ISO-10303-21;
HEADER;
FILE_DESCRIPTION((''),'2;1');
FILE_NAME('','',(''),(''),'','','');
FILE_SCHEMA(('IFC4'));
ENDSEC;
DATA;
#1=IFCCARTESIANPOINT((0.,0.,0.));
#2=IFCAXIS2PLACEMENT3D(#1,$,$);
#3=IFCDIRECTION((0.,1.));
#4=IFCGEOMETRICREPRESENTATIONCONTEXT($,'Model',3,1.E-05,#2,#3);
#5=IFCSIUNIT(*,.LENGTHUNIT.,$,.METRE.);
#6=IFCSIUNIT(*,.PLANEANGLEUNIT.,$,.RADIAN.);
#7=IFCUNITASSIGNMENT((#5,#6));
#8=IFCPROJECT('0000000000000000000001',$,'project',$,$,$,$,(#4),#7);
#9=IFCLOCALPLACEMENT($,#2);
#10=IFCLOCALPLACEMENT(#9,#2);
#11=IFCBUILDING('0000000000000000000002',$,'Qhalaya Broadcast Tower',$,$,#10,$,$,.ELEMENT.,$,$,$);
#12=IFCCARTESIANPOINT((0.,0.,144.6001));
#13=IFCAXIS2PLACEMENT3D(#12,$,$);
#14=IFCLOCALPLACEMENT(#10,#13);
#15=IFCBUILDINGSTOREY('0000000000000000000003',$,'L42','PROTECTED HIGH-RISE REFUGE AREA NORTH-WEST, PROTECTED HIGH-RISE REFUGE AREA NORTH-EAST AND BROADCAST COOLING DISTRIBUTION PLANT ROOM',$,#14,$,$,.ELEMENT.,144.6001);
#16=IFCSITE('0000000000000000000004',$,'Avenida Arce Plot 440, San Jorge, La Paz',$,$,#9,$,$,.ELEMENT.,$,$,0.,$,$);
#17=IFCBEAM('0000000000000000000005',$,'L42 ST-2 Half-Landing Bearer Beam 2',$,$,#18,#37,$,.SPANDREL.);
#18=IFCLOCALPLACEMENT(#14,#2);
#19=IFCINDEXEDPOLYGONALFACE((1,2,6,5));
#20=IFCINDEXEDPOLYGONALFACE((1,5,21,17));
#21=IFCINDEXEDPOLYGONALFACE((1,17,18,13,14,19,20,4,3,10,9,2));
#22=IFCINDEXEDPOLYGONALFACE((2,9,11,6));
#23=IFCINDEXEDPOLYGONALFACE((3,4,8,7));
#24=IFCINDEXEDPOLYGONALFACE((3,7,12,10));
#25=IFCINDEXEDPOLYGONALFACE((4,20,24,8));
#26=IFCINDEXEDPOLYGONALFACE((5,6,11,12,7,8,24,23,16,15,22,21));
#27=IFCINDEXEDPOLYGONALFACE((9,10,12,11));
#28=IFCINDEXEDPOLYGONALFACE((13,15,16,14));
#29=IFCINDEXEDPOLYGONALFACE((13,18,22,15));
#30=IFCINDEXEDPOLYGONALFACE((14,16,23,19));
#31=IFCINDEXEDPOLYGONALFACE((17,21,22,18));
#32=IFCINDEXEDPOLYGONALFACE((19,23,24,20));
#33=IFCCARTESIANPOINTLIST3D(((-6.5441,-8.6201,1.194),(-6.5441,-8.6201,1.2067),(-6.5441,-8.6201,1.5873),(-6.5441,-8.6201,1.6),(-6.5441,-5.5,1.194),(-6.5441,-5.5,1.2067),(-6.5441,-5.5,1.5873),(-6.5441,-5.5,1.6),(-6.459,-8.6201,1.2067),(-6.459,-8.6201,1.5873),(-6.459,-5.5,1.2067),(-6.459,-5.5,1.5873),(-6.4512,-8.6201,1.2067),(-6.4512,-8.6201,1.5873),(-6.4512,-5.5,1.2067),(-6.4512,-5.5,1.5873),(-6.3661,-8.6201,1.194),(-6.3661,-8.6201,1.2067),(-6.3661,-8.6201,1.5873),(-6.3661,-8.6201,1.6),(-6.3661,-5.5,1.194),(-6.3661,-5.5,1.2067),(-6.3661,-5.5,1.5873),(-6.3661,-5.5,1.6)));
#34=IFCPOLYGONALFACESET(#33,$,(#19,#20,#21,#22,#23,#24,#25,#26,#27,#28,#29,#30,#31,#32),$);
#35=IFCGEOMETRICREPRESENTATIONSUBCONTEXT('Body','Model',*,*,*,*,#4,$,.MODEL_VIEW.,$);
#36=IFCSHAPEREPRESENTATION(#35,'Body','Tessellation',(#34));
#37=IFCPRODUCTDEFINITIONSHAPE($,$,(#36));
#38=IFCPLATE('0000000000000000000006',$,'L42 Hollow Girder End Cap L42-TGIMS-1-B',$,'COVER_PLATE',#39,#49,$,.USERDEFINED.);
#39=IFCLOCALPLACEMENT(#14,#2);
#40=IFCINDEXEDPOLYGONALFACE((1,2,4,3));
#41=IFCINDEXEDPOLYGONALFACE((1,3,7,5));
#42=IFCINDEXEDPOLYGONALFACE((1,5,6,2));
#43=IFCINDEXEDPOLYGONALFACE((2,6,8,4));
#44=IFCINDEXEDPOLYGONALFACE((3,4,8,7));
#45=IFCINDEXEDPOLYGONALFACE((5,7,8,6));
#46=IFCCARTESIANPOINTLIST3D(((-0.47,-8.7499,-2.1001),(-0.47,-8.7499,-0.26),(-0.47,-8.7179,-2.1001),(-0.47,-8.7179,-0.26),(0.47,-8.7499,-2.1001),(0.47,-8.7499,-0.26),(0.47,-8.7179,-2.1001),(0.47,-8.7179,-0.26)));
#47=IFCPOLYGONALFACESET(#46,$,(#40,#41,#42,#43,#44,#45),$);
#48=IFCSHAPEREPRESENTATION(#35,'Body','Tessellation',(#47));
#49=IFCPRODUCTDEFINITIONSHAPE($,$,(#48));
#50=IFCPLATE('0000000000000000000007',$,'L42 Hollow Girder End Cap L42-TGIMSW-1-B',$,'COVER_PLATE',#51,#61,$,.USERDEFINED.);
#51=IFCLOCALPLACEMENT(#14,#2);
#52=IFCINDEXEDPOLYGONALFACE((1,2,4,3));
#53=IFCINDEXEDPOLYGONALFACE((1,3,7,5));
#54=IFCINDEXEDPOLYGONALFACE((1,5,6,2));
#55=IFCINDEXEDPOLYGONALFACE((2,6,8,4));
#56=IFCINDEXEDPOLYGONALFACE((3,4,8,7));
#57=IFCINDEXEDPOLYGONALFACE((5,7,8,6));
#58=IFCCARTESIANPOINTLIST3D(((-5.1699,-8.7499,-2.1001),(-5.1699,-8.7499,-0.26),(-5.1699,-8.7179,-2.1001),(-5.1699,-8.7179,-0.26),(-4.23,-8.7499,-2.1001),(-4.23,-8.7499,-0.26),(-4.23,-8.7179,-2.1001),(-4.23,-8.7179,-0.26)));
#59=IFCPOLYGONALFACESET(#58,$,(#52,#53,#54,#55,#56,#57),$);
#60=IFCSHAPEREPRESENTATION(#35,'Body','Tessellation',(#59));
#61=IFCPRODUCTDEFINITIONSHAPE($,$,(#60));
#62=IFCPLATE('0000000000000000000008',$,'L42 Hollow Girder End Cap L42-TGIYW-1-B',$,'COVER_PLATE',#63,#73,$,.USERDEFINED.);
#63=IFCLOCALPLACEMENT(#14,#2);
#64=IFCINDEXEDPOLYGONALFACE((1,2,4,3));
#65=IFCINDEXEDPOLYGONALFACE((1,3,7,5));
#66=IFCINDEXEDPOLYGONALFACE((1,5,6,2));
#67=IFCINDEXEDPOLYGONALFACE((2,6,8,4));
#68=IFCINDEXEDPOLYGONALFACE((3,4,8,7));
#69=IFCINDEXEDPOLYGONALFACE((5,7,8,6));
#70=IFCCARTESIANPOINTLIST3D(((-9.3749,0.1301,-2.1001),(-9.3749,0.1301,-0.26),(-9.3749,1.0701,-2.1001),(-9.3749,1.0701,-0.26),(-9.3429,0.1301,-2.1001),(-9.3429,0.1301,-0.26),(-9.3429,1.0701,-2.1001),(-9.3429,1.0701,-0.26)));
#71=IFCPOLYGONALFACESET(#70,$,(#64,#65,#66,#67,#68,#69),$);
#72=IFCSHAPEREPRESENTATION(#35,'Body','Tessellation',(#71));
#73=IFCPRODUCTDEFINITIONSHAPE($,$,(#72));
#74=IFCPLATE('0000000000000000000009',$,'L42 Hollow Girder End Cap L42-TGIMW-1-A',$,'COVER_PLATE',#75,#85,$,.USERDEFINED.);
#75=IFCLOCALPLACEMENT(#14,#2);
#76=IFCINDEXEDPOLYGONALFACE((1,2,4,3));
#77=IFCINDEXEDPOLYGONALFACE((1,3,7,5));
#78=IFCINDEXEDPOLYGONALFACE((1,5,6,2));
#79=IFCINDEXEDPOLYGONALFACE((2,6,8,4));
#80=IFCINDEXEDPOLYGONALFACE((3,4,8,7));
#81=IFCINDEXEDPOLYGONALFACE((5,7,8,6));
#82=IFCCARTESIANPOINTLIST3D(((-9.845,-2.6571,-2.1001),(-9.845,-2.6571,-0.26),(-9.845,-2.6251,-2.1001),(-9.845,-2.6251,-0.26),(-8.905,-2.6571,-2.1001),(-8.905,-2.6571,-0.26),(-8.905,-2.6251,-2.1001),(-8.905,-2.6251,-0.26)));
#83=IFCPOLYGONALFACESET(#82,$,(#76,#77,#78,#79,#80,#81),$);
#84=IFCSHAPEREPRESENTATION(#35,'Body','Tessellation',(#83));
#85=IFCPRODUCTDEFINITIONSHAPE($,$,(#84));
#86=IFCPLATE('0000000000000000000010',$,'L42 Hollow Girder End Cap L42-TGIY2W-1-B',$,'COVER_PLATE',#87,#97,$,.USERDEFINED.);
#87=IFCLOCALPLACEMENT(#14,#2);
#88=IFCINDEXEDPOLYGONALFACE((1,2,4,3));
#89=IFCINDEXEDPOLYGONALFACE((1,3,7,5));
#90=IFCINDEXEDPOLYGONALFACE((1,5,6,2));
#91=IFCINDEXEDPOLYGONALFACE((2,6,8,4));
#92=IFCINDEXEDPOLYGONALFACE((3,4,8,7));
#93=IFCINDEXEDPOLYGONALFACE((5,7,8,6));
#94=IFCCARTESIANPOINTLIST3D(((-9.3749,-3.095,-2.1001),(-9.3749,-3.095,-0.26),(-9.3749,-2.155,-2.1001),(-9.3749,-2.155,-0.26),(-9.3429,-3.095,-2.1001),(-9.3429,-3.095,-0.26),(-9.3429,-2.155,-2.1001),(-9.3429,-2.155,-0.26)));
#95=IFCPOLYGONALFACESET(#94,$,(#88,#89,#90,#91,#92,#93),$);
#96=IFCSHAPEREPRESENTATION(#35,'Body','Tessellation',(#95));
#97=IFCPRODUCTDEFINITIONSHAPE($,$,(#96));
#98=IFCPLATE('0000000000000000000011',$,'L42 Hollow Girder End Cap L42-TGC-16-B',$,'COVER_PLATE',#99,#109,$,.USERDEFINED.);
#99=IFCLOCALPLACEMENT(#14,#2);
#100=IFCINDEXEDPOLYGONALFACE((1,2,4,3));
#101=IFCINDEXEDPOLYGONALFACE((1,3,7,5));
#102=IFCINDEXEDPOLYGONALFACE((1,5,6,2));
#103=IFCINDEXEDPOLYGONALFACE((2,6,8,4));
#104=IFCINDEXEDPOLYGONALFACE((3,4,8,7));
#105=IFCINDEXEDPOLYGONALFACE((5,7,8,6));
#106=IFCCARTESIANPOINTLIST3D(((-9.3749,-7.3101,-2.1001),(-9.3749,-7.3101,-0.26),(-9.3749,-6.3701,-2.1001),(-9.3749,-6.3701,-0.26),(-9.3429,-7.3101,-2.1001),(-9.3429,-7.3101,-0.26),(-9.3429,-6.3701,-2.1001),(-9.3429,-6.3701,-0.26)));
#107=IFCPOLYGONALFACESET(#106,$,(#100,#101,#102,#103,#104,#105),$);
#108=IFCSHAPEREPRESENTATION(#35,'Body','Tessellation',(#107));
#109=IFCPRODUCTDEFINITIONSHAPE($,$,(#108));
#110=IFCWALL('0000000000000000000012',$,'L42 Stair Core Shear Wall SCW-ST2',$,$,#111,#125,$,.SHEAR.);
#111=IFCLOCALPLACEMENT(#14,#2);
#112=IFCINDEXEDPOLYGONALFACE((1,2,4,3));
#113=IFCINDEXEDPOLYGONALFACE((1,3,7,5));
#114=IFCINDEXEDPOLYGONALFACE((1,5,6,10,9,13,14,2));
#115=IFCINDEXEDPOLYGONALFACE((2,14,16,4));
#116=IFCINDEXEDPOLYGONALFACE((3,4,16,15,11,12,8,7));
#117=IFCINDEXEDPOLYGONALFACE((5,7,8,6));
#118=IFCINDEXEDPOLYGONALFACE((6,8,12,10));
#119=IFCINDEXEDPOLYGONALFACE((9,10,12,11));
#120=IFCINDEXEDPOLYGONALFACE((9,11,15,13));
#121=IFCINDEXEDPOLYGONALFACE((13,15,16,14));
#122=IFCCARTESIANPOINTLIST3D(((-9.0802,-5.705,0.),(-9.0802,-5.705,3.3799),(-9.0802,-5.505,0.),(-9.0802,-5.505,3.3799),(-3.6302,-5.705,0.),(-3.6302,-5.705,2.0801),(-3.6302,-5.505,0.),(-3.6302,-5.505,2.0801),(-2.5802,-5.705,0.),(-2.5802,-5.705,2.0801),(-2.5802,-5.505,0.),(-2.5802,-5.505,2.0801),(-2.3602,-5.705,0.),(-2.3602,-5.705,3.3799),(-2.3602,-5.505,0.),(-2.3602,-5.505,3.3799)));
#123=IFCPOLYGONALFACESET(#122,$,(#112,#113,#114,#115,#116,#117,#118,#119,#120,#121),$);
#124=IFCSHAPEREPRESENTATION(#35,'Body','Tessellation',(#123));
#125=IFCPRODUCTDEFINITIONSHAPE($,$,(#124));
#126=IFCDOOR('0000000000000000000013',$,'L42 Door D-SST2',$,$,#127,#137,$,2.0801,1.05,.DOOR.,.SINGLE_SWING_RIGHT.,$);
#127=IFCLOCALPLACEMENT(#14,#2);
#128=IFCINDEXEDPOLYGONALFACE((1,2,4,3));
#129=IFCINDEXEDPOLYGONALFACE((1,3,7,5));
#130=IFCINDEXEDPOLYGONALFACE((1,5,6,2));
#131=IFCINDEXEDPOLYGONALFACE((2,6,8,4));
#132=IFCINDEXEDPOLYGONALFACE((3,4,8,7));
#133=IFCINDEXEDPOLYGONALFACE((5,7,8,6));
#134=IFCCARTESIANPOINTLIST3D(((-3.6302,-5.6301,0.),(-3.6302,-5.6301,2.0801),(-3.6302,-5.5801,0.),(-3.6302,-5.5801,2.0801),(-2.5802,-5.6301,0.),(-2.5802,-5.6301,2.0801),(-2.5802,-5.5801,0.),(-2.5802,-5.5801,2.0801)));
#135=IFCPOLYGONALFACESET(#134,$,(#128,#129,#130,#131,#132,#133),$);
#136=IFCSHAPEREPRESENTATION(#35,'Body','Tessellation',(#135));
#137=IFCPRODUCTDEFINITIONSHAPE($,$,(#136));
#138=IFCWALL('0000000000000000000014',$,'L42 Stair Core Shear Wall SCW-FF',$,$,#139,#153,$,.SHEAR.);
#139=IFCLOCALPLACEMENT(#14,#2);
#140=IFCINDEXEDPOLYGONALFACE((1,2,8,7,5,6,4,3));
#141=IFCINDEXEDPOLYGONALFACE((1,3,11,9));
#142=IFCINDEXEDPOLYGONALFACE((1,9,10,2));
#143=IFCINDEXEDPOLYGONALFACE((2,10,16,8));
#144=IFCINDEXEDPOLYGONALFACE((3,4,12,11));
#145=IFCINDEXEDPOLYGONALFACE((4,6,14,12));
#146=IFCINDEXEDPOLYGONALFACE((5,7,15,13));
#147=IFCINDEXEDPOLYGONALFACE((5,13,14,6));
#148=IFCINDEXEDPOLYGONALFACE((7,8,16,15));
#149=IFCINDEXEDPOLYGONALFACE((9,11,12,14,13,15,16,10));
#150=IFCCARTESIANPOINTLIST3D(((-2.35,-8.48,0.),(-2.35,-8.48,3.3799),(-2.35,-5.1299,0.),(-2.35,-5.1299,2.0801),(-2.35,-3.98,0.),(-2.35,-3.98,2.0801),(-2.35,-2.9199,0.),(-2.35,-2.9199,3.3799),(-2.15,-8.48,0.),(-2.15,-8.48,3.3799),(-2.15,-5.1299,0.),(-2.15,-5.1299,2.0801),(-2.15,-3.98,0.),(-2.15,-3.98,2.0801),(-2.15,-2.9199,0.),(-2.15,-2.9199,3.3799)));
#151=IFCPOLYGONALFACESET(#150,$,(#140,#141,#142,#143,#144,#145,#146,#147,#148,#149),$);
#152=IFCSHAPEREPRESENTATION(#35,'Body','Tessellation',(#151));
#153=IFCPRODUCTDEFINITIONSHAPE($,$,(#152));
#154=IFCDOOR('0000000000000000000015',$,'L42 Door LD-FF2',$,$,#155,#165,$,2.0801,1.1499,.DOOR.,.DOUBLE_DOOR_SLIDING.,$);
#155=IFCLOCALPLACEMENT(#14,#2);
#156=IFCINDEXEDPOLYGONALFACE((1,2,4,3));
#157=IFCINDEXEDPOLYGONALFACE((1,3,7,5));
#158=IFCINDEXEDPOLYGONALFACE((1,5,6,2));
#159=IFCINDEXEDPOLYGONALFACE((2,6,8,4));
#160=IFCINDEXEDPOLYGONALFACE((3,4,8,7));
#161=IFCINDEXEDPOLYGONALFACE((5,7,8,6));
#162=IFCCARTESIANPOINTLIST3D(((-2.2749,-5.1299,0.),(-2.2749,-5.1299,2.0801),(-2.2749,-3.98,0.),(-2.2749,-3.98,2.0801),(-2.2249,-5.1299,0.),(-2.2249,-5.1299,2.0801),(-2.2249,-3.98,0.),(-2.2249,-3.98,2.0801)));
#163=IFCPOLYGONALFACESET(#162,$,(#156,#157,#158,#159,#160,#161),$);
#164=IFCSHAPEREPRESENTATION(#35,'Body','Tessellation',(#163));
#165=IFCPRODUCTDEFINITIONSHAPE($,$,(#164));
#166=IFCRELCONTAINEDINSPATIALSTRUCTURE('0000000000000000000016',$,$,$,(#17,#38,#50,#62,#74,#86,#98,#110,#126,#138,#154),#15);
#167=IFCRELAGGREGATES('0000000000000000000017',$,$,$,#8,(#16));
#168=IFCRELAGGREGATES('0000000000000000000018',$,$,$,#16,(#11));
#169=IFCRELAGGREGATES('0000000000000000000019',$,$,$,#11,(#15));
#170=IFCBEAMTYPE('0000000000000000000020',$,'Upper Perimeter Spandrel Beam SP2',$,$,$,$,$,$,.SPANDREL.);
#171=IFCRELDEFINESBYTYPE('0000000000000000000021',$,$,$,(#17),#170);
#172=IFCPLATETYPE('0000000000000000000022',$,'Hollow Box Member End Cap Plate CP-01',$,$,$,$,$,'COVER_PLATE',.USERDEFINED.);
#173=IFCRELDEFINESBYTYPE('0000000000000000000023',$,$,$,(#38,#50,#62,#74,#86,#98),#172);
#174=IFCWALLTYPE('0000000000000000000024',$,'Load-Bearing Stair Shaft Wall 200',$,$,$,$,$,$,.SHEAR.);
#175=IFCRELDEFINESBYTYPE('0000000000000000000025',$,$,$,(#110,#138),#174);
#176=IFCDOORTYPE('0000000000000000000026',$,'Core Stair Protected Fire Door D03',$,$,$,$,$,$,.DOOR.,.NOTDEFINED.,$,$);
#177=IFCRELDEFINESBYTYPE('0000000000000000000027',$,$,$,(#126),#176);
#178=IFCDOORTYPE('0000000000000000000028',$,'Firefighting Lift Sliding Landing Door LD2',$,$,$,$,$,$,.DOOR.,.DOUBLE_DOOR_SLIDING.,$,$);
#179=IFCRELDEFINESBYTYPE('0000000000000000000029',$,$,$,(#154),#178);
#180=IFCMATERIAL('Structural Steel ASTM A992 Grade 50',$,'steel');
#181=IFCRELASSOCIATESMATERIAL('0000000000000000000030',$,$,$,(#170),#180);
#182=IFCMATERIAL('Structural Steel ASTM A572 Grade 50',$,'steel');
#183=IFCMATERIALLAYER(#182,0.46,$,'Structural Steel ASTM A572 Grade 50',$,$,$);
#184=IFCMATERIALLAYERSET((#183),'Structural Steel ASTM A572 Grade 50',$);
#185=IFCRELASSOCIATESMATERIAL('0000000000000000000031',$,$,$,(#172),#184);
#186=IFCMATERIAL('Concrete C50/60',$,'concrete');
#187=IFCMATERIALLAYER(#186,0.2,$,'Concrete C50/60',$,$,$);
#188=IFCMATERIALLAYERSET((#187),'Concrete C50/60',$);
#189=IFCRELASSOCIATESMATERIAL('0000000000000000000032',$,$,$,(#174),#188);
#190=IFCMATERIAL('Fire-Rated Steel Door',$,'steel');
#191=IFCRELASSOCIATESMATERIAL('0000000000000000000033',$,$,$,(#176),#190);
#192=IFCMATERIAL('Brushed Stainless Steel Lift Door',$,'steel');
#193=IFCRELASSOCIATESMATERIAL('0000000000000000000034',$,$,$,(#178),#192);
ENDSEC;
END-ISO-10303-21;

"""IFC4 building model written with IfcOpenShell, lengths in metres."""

from ifc_helpers import new_model, si_unit, direction, frame, frame_2d, origin, origin_2d, place, context, subcontext, project, spatial, rectangle, i_section, extrude, material, layer, layer_set, material_profile, profile_set, type_object, element, fill, save


model = new_model("IFC4")

# Units and contexts
model_context = context("Model", 3, precision=1e-05, world=origin(), true_north=direction((0.0, 1.0)))
body_context = subcontext(model_context, "Body", "Model", "MODEL_VIEW")
ifc_project = project(units=[si_unit("LENGTHUNIT", "METRE"), si_unit("PLANEANGLEUNIT", "RADIAN")], contexts=[model_context])

# Site, building, storey
site_placement = place(None, origin())
site = spatial("IfcSite", under=ifc_project, at=site_placement, Name="Avenida Arce Plot 440, San Jorge, La Paz", CompositionType="ELEMENT", RefElevation=0.0)
building_placement = place(site_placement, origin())
building = spatial("IfcBuilding", under=site, at=building_placement, Name="Qhalaya Broadcast Tower", CompositionType="ELEMENT")
storey_placement = place(building_placement, frame((0.0, 0.0, 144.6001)))
storey = spatial("IfcBuildingStorey", under=building, at=storey_placement, Name="L42", Description="PROTECTED HIGH-RISE REFUGE AREA NORTH-WEST, PROTECTED HIGH-RISE REFUGE AREA NORTH-EAST AND BROADCAST COOLING DISTRIBUTION PLANT ROOM", CompositionType="ELEMENT", Elevation=144.6001)

# Shared definitions
ifc_material_1 = material(Name="Concrete C50/60", Category="concrete")

# Beam
ifc_material_2 = material(Name="Structural Steel ASTM A572 Grade 50", Category="steel")
ifc_material_3 = material(Name="Structural Steel ASTM A992 Grade 50", Category="steel")
ifc_material_profile_1 = material_profile(ifc_material_3, i_section(OverallWidth=0.178, OverallDepth=0.406, WebThickness=0.0078, FlangeThickness=0.0127, at=origin_2d()), Name="W16X40")
ifc_profile_set_1 = profile_set([ifc_material_profile_1], Name="Structural Steel ASTM A992 Grade 50")
beam_type_1 = type_object("IfcBeamType", Name="Upper Perimeter Spandrel Beam SP2", PredefinedType="SPANDREL", material=ifc_profile_set_1)
for number, where, z_axis, x_axis, name in (
    (1, (-6.4551, -8.6201, 1.397), (0.0, 1.0, 0.0), (-1.0, 0.0, 0.0), "L42 ST-2 Half-Landing Bearer Beam 2"),
):
    element("IfcBeam", number, at=place(storey_placement, frame(where, z_axis=z_axis, x_axis=x_axis)), inside=storey, type_object=beam_type_1, Name=name, PredefinedType="SPANDREL", context=body_context, shape_type="SweptSolid", body=[
        extrude(i_section(OverallWidth=0.178, OverallDepth=0.406, WebThickness=0.0078, FlangeThickness=0.0127, at=origin_2d()), origin(), (0.0, 0.0, 1.0), 3.1201),
    ])

# Plates
ifc_layer_1 = layer(ifc_material_2, 0.46, Name="Structural Steel ASTM A572 Grade 50")
ifc_layer_set_1 = layer_set([ifc_layer_1], Name="Structural Steel ASTM A572 Grade 50")
plate_type = type_object("IfcPlateType", Name="Hollow Box Member End Cap Plate CP-01", ElementType="COVER_PLATE", PredefinedType="USERDEFINED", material=ifc_layer_set_1)
for number, where, z_axis, x_axis, name in (
    (2, (0.0, -8.7339, -2.1001), (0.0, 0.0, 1.0), (-1.0, 0.0, 0.0), "L42 Hollow Girder End Cap L42-TGIMS-1-B"),
    (3, (-4.7, -8.7339, -2.1001), (0.0, 0.0, 1.0), (-1.0, 0.0, 0.0), "L42 Hollow Girder End Cap L42-TGIMSW-1-B"),
    (4, (-9.3589, 0.6001, -2.1001), (0.0, 0.0, 1.0), (0.0, 1.0, 0.0), "L42 Hollow Girder End Cap L42-TGIYW-1-B"),
    (5, (-9.375, -2.6411, -2.1001), (0.0, 0.0, 1.0), (-1.0, 0.0, 0.0), "L42 Hollow Girder End Cap L42-TGIMW-1-A"),
    (6, (-9.3589, -2.625, -2.1001), (0.0, 0.0, 1.0), (0.0, 1.0, 0.0), "L42 Hollow Girder End Cap L42-TGIY2W-1-B"),
    (7, (-9.3589, -6.8401, -2.1001), (0.0, 0.0, 1.0), (0.0, 1.0, 0.0), "L42 Hollow Girder End Cap L42-TGC-16-B"),
):
    element("IfcPlate", number, at=place(storey_placement, frame(where, z_axis=z_axis, x_axis=x_axis)), inside=storey, type_object=plate_type, Name=name, ObjectType="COVER_PLATE", PredefinedType="USERDEFINED", context=body_context, shape_type="SweptSolid", body=[
        extrude(rectangle(XDim=0.9399, YDim=0.032, at=origin_2d()), origin(), (0.0, 0.0, 1.0), 1.8401),
    ])

# Walls, openings, doors
ifc_layer_2 = layer(ifc_material_1, 0.2, Name="Concrete C50/60")
ifc_layer_set_2 = layer_set([ifc_layer_2], Name="Concrete C50/60")
wall_type_1 = type_object("IfcWallType", Name="Load-Bearing Stair Shaft Wall 200", PredefinedType="SHEAR", material=ifc_layer_set_2)
wall_1_placement = place(storey_placement, frame((-9.0801, -5.605, 0.0), z_axis=(0.0, 0.0, 1.0), x_axis=(1.0, 0.0, 0.0)))
wall_1 = element("IfcWall", 8, at=wall_1_placement, inside=storey, type_object=wall_type_1, Name="L42 Stair Core Shear Wall SCW-ST2", PredefinedType="SHEAR", context=body_context, shape_type="SweptSolid", body=[
    extrude(rectangle(XDim=6.72, YDim=0.2, at=frame_2d((3.3599, 0.0))), origin(), (0.0, 0.0, 1.0), 3.3799),
])
opening_1_placement = place(wall_1_placement, frame((5.45, 0.0, 0.0)))
opening_1 = element("IfcOpeningElement", 9, at=opening_1_placement, cuts=wall_1, PredefinedType="OPENING", context=body_context, shape_type="SweptSolid", body=[
    extrude(rectangle(XDim=1.05, YDim=2.0801, at=frame_2d((0.5249, 1.04))), frame((0.0, 0.1121, 0.0), z_axis=(0.0, -1.0, 0.0), x_axis=(1.0, 0.0, 0.0)), (0.0, 0.0, 1.0), 0.2239),
])
ifc_material_4 = material(Name="Fire-Rated Steel Door", Category="steel")
door_type_1 = type_object("IfcDoorType", Name="Core Stair Protected Fire Door D03", OperationType="NOTDEFINED", PredefinedType="DOOR", material=ifc_material_4)
door_1_placement = place(opening_1_placement, origin())
door_1 = element("IfcDoor", 10, at=door_1_placement, inside=storey, type_object=door_type_1, Name="L42 Door D-SST2", OperationType="SINGLE_SWING_RIGHT", OverallHeight=2.0801, OverallWidth=1.05, PredefinedType="DOOR", context=body_context, shape_type="SweptSolid", body=[
    extrude(rectangle(XDim=1.05, YDim=2.0801, at=frame_2d((0.5249, 1.04))), frame((0.0, 0.0249, 0.0), z_axis=(0.0, -1.0, 0.0), x_axis=(1.0, 0.0, 0.0)), (0.0, 0.0, 1.0), 0.05),
])
fill(opening_1, door_1)
wall_2_placement = place(storey_placement, frame((-2.25, -8.48, 0.0), z_axis=(0.0, 0.0, 1.0), x_axis=(0.0, 1.0, 0.0)))
wall_2 = element("IfcWall", 11, at=wall_2_placement, inside=storey, type_object=wall_type_1, Name="L42 Stair Core Shear Wall SCW-FF", PredefinedType="SHEAR", context=body_context, shape_type="SweptSolid", body=[
    extrude(rectangle(XDim=5.5601, YDim=0.2, at=frame_2d((2.78, 0.0))), origin(), (0.0, 0.0, 1.0), 3.3799),
])
opening_2_placement = place(wall_2_placement, frame((3.3501, 0.0, 0.0)))
opening_2 = element("IfcOpeningElement", 12, at=opening_2_placement, cuts=wall_2, PredefinedType="OPENING", context=body_context, shape_type="SweptSolid", body=[
    extrude(rectangle(XDim=1.1499, YDim=2.0801, at=frame_2d((0.575, 1.04))), frame((0.0, 0.1121, 0.0), z_axis=(0.0, -1.0, 0.0), x_axis=(1.0, 0.0, 0.0)), (0.0, 0.0, 1.0), 0.2239),
])
ifc_material_5 = material(Name="Brushed Stainless Steel Lift Door", Category="steel")
door_type_2 = type_object("IfcDoorType", Name="Firefighting Lift Sliding Landing Door LD2", OperationType="DOUBLE_DOOR_SLIDING", PredefinedType="DOOR", material=ifc_material_5)
door_2_placement = place(opening_2_placement, origin())
door_2 = element("IfcDoor", 13, at=door_2_placement, inside=storey, type_object=door_type_2, Name="L42 Door LD-FF2", OperationType="DOUBLE_DOOR_SLIDING", OverallHeight=2.0801, OverallWidth=1.1499, PredefinedType="DOOR", context=body_context, shape_type="SweptSolid", body=[
    extrude(rectangle(XDim=1.1499, YDim=2.0801, at=frame_2d((0.575, 1.04))), frame((0.0, 0.0249, 0.0), z_axis=(0.0, -1.0, 0.0), x_axis=(1.0, 0.0, 0.0)), (0.0, 0.0, 1.0), 0.05),
])
fill(opening_2, door_2)

save(model, "model.ifc")
